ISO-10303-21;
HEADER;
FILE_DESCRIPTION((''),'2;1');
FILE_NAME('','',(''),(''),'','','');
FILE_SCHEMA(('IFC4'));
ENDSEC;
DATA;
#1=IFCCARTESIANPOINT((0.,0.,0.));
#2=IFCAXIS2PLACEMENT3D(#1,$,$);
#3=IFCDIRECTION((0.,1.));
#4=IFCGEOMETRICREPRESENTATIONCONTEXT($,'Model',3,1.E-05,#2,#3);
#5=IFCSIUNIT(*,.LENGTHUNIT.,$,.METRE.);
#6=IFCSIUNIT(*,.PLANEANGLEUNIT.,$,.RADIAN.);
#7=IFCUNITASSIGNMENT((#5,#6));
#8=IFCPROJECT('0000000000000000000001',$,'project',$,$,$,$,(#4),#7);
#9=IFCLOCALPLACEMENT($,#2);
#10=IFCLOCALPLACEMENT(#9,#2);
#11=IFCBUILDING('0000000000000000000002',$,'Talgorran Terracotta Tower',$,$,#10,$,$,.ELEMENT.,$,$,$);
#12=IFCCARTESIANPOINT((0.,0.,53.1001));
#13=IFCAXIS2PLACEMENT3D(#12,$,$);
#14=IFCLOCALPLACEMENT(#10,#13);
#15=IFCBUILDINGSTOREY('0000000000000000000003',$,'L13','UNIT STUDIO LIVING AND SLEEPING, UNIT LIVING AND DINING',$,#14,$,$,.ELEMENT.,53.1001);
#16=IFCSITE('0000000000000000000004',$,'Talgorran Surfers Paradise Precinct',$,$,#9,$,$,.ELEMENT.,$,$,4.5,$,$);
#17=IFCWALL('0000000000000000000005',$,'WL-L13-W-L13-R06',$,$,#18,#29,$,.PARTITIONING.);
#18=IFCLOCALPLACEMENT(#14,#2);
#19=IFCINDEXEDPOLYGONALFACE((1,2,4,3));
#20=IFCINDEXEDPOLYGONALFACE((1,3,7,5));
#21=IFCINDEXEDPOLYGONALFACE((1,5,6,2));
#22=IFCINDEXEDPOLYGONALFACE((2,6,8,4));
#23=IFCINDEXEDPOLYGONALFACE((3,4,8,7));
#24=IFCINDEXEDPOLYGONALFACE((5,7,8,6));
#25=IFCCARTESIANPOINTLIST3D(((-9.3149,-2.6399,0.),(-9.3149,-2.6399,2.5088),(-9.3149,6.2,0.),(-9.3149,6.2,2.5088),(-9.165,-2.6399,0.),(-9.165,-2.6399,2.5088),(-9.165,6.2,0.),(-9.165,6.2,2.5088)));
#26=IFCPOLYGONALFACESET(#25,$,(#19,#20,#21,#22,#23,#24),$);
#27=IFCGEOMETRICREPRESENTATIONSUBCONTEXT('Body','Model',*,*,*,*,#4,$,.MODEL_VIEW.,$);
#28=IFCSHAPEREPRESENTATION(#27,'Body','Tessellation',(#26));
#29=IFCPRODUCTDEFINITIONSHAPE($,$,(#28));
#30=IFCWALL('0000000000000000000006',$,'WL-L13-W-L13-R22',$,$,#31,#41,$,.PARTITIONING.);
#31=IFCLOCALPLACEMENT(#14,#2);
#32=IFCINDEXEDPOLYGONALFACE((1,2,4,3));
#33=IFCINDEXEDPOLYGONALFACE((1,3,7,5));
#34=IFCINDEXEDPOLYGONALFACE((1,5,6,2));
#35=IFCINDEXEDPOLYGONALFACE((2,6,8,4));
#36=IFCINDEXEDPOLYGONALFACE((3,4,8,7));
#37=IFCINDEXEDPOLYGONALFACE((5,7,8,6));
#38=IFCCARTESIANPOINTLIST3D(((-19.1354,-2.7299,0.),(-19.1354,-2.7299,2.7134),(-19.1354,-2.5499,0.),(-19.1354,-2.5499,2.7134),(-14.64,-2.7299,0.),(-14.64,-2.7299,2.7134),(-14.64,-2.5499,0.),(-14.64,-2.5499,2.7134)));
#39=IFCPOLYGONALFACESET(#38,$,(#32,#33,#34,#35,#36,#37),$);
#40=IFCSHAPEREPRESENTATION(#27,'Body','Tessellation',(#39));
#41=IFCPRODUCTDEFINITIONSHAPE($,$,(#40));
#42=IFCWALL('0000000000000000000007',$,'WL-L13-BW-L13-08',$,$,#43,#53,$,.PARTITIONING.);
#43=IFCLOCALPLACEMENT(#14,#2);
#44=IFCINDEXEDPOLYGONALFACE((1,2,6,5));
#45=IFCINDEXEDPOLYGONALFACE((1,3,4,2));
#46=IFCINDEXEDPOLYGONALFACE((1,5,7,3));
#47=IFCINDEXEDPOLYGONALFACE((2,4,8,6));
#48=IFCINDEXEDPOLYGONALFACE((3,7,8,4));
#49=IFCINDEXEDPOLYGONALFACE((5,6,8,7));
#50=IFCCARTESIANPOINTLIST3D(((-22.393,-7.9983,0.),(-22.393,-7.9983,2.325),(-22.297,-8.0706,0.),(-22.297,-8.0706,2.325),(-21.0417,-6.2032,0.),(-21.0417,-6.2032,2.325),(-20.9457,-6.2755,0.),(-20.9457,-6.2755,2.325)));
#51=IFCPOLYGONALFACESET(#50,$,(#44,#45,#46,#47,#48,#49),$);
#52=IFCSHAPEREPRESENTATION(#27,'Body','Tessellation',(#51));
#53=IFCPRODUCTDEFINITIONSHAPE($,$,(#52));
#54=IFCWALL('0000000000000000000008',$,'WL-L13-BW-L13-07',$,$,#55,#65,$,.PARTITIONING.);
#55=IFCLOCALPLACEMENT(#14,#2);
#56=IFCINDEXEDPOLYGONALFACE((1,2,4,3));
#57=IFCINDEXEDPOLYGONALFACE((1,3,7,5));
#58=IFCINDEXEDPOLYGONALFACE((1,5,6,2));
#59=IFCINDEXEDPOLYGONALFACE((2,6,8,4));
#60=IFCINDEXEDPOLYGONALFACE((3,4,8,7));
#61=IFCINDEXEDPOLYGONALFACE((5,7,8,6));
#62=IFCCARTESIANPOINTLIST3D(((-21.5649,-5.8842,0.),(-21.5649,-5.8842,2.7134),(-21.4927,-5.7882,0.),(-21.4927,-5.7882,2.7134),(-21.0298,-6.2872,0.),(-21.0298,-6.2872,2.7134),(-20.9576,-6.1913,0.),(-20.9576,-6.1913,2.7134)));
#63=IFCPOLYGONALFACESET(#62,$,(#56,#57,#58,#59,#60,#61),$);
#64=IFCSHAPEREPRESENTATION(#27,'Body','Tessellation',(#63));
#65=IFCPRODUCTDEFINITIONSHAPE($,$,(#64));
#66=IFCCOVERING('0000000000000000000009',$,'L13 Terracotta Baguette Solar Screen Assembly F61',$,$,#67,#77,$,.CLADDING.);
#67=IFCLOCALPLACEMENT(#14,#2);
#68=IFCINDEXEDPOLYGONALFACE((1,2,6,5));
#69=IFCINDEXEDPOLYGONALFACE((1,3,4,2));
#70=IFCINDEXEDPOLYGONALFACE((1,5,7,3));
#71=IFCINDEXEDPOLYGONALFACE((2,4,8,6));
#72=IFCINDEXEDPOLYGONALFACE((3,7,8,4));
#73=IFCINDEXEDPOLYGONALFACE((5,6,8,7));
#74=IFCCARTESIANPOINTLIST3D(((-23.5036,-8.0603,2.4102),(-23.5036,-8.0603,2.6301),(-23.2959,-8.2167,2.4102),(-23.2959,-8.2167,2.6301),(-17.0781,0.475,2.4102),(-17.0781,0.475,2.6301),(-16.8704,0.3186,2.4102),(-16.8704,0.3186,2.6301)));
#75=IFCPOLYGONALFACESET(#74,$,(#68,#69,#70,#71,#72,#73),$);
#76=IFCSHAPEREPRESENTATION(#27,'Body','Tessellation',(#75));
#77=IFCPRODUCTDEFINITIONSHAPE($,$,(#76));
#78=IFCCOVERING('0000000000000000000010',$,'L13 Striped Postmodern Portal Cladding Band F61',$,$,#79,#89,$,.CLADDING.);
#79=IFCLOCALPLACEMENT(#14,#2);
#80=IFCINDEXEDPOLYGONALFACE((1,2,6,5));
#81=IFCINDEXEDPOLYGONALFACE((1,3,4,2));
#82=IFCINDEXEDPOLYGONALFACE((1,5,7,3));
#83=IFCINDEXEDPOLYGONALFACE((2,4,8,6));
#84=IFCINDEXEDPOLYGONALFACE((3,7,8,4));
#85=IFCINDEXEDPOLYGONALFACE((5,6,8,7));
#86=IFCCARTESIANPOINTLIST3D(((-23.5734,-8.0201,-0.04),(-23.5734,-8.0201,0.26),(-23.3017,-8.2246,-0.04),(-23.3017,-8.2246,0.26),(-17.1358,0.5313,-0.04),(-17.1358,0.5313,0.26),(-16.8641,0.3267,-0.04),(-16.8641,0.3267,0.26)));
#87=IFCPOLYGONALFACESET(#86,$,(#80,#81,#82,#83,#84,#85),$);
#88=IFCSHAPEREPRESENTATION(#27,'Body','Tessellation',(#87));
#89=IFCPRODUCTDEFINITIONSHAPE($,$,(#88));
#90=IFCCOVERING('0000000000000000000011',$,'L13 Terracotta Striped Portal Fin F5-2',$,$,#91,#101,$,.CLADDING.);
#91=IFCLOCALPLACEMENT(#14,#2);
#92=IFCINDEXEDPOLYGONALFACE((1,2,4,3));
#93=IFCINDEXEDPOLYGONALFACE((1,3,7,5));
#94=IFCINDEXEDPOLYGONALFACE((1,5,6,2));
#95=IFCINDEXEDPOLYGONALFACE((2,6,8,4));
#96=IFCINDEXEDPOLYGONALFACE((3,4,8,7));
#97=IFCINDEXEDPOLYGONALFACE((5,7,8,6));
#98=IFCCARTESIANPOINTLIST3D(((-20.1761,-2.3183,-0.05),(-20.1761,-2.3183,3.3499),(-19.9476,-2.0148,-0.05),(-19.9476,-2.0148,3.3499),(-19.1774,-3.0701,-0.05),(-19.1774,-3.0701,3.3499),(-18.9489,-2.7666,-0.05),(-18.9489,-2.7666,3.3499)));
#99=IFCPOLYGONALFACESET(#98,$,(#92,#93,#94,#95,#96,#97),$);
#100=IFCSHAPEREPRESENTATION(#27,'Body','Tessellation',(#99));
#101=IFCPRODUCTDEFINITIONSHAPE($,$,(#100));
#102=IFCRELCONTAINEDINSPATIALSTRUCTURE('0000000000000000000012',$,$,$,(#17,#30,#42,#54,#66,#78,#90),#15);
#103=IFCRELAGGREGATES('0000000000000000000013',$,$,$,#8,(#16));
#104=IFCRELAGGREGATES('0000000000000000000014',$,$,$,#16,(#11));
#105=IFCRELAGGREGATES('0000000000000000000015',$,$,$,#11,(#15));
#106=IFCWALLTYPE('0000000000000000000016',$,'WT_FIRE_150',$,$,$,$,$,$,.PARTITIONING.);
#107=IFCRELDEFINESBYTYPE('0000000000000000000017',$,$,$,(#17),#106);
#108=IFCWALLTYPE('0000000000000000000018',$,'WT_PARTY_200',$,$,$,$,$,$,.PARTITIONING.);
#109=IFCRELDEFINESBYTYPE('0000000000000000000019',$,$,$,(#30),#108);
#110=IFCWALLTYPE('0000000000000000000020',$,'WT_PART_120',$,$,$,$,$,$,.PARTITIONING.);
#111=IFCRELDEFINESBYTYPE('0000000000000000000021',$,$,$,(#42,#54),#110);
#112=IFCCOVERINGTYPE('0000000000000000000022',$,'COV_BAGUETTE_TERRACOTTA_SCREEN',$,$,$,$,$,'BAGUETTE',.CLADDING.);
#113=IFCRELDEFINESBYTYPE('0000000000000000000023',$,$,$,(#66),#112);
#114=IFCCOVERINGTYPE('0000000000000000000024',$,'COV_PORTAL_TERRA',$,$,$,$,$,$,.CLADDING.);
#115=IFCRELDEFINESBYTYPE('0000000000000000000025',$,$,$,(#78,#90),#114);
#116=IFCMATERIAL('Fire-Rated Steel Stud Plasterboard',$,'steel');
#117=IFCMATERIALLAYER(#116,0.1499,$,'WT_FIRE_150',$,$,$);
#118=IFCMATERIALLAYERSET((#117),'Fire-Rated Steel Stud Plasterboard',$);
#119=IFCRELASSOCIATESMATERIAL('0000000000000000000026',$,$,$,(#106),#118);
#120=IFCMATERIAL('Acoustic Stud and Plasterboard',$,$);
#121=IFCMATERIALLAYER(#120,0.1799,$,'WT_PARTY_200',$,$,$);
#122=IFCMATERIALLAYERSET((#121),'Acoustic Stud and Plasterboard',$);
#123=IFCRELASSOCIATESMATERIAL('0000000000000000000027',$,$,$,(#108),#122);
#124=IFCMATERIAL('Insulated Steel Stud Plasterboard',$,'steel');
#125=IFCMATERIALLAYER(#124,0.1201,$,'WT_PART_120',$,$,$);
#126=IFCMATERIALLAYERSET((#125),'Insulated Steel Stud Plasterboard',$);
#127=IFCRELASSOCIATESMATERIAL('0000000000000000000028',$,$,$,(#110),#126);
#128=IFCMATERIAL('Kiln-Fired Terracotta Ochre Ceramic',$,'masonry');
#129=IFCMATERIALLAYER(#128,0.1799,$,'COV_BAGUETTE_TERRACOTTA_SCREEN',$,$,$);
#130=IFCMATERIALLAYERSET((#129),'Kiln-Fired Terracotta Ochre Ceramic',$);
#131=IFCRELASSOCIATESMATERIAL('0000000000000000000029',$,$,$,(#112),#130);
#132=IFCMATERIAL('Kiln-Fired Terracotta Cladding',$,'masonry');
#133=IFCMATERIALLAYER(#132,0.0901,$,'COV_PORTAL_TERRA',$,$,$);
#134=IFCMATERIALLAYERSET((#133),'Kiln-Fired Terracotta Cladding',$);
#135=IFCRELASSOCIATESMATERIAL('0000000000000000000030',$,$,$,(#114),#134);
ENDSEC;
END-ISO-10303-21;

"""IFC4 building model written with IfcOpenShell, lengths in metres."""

from ifc_helpers import new_model, si_unit, direction, frame, frame_2d, origin, origin_2d, place, context, subcontext, project, spatial, rectangle, extrude, material, layer, layer_set, type_object, element, save


model = new_model("IFC4")

# Units and contexts
model_context = context("Model", 3, precision=1e-05, world=origin(), true_north=direction((0.0, 1.0)))
body_context = subcontext(model_context, "Body", "Model", "MODEL_VIEW")
ifc_project = project(units=[si_unit("LENGTHUNIT", "METRE"), si_unit("PLANEANGLEUNIT", "RADIAN")], contexts=[model_context])

# Site, building, storey
site_placement = place(None, origin())
site = spatial("IfcSite", under=ifc_project, at=site_placement, Name="Talgorran Surfers Paradise Precinct", CompositionType="ELEMENT", RefElevation=4.5)
building_placement = place(site_placement, origin())
building = spatial("IfcBuilding", under=site, at=building_placement, Name="Talgorran Terracotta Tower", CompositionType="ELEMENT")
storey_placement = place(building_placement, frame((0.0, 0.0, 53.1001)))
storey = spatial("IfcBuildingStorey", under=building, at=storey_placement, Name="L13", Description="UNIT STUDIO LIVING AND SLEEPING, UNIT LIVING AND DINING", CompositionType="ELEMENT", Elevation=53.1001)

# Shared definitions
ifc_material_1 = material(Name="Fire-Rated Steel Stud Plasterboard", Category="steel")
ifc_layer_1 = layer(ifc_material_1, 0.1499, Name="WT_FIRE_150")
ifc_layer_set_1 = layer_set([ifc_layer_1], Name="Fire-Rated Steel Stud Plasterboard")
wall_type_1 = type_object("IfcWallType", Name="WT_FIRE_150", PredefinedType="PARTITIONING", material=ifc_layer_set_1)

# Walls
wall_1_placement = place(storey_placement, frame((-9.24, -2.6399, 0.0), z_axis=(0.0, 0.0, 1.0), x_axis=(0.0, 1.0, 0.0)))
element("IfcWall", 1, at=wall_1_placement, inside=storey, type_object=wall_type_1, Name="WL-L13-W-L13-R06", PredefinedType="PARTITIONING", context=body_context, shape_type="SweptSolid", body=[
    extrude(rectangle(XDim=8.8398, YDim=0.1499, at=frame_2d((4.4199, 0.0))), origin(), (0.0, 0.0, 1.0), 2.5088),
])
ifc_material_2 = material(Name="Acoustic Stud and Plasterboard")
ifc_layer_2 = layer(ifc_material_2, 0.1799, Name="WT_PARTY_200")
ifc_layer_set_2 = layer_set([ifc_layer_2], Name="Acoustic Stud and Plasterboard")
wall_type_2 = type_object("IfcWallType", Name="WT_PARTY_200", PredefinedType="PARTITIONING", material=ifc_layer_set_2)
wall_2_placement = place(storey_placement, frame((-19.1353, -2.6399, 0.0), z_axis=(0.0, 0.0, 1.0), x_axis=(1.0, 0.0, 0.0)))
element("IfcWall", 2, at=wall_2_placement, inside=storey, type_object=wall_type_2, Name="WL-L13-W-L13-R22", PredefinedType="PARTITIONING", context=body_context, shape_type="SweptSolid", body=[
    extrude(rectangle(XDim=4.4954, YDim=0.1799, at=frame_2d((2.2476, 0.0))), origin(), (0.0, 0.0, 1.0), 2.7134),
])
ifc_material_3 = material(Name="Insulated Steel Stud Plasterboard", Category="steel")
ifc_layer_3 = layer(ifc_material_3, 0.1201, Name="WT_PART_120")
ifc_layer_set_3 = layer_set([ifc_layer_3], Name="Insulated Steel Stud Plasterboard")
wall_type_3 = type_object("IfcWallType", Name="WT_PART_120", PredefinedType="PARTITIONING", material=ifc_layer_set_3)
wall_3_placement = place(storey_placement, frame((-20.9937, -6.2393, 0.0), z_axis=(0.0, 0.0, 1.0), x_axis=(-0.601407, -0.798943, 0.0)))
element("IfcWall", 3, at=wall_3_placement, inside=storey, type_object=wall_type_3, Name="WL-L13-BW-L13-08", PredefinedType="PARTITIONING", context=body_context, shape_type="SweptSolid", body=[
    extrude(rectangle(XDim=2.2468, YDim=0.1201, at=frame_2d((1.1235, 0.0))), origin(), (0.0, 0.0, 1.0), 2.325),
])
wall_4_placement = place(storey_placement, frame((-21.5288, -5.8362, 0.0), z_axis=(0.0, 0.0, 1.0), x_axis=(0.798774, -0.601631, 0.0)))
element("IfcWall", 4, at=wall_4_placement, inside=storey, type_object=wall_type_3, Name="WL-L13-BW-L13-07", PredefinedType="PARTITIONING", context=body_context, shape_type="SweptSolid", body=[
    extrude(rectangle(XDim=0.6699, YDim=0.1201, at=frame_2d((0.335, 0.0))), origin(), (0.0, 0.0, 1.0), 2.7134),
])

# Coverings
ifc_material_4 = material(Name="Kiln-Fired Terracotta Ochre Ceramic", Category="masonry")
ifc_layer_4 = layer(ifc_material_4, 0.1799, Name="COV_BAGUETTE_TERRACOTTA_SCREEN")
ifc_layer_set_4 = layer_set([ifc_layer_4], Name="Kiln-Fired Terracotta Ochre Ceramic")
covering_type_1 = type_object("IfcCoveringType", Name="COV_BAGUETTE_TERRACOTTA_SCREEN", ElementType="BAGUETTE", PredefinedType="CLADDING", material=ifc_layer_set_4)
covering_1_placement = place(storey_placement, frame((-20.187, -3.8708, 2.4102), z_axis=(0.0, 0.0, 1.0), x_axis=(-0.601439, -0.798919, 0.0)))
element("IfcCovering", 5, at=covering_1_placement, inside=storey, type_object=covering_type_1, Name="L13 Terracotta Baguette Solar Screen Assembly F61", PredefinedType="CLADDING", context=body_context, shape_type="SweptSolid", body=[
    extrude(rectangle(XDim=10.6836, YDim=0.26, at=origin_2d()), origin(), (0.0, 0.0, 1.0), 0.22),
])
ifc_material_5 = material(Name="Kiln-Fired Terracotta Cladding", Category="masonry")
ifc_layer_5 = layer(ifc_material_5, 0.0901, Name="COV_PORTAL_TERRA")
ifc_layer_set_5 = layer_set([ifc_layer_5], Name="Kiln-Fired Terracotta Cladding")
covering_type_2 = type_object("IfcCoveringType", Name="COV_PORTAL_TERRA", PredefinedType="CLADDING", material=ifc_layer_set_5)
covering_2_placement = place(storey_placement, frame((-20.2188, -3.8467, -0.04), z_axis=(0.0, 0.0, 1.0), x_axis=(-0.601439, -0.798919, 0.0)))
element("IfcCovering", 6, at=covering_2_placement, inside=storey, type_object=covering_type_2, Name="L13 Striped Postmodern Portal Cladding Band F61", PredefinedType="CLADDING", context=body_context, shape_type="SweptSolid", body=[
    extrude(rectangle(XDim=10.7036, YDim=0.3401, at=origin_2d()), origin(), (0.0, 0.0, 1.0), 0.3),
])
covering_3_placement = place(storey_placement, frame((-19.5625, -2.5425, -0.05), z_axis=(0.0, 0.0, 1.0), x_axis=(-0.601439, -0.798919, 0.0)))
element("IfcCovering", 7, at=covering_3_placement, inside=storey, type_object=covering_type_2, Name="L13 Terracotta Striped Portal Fin F5-2", PredefinedType="CLADDING", context=body_context, shape_type="SweptSolid", body=[
    extrude(rectangle(XDim=0.3799, YDim=1.25, at=origin_2d()), origin(), (0.0, 0.0, 1.0), 3.3999),
])

save(model, "model.ifc")
